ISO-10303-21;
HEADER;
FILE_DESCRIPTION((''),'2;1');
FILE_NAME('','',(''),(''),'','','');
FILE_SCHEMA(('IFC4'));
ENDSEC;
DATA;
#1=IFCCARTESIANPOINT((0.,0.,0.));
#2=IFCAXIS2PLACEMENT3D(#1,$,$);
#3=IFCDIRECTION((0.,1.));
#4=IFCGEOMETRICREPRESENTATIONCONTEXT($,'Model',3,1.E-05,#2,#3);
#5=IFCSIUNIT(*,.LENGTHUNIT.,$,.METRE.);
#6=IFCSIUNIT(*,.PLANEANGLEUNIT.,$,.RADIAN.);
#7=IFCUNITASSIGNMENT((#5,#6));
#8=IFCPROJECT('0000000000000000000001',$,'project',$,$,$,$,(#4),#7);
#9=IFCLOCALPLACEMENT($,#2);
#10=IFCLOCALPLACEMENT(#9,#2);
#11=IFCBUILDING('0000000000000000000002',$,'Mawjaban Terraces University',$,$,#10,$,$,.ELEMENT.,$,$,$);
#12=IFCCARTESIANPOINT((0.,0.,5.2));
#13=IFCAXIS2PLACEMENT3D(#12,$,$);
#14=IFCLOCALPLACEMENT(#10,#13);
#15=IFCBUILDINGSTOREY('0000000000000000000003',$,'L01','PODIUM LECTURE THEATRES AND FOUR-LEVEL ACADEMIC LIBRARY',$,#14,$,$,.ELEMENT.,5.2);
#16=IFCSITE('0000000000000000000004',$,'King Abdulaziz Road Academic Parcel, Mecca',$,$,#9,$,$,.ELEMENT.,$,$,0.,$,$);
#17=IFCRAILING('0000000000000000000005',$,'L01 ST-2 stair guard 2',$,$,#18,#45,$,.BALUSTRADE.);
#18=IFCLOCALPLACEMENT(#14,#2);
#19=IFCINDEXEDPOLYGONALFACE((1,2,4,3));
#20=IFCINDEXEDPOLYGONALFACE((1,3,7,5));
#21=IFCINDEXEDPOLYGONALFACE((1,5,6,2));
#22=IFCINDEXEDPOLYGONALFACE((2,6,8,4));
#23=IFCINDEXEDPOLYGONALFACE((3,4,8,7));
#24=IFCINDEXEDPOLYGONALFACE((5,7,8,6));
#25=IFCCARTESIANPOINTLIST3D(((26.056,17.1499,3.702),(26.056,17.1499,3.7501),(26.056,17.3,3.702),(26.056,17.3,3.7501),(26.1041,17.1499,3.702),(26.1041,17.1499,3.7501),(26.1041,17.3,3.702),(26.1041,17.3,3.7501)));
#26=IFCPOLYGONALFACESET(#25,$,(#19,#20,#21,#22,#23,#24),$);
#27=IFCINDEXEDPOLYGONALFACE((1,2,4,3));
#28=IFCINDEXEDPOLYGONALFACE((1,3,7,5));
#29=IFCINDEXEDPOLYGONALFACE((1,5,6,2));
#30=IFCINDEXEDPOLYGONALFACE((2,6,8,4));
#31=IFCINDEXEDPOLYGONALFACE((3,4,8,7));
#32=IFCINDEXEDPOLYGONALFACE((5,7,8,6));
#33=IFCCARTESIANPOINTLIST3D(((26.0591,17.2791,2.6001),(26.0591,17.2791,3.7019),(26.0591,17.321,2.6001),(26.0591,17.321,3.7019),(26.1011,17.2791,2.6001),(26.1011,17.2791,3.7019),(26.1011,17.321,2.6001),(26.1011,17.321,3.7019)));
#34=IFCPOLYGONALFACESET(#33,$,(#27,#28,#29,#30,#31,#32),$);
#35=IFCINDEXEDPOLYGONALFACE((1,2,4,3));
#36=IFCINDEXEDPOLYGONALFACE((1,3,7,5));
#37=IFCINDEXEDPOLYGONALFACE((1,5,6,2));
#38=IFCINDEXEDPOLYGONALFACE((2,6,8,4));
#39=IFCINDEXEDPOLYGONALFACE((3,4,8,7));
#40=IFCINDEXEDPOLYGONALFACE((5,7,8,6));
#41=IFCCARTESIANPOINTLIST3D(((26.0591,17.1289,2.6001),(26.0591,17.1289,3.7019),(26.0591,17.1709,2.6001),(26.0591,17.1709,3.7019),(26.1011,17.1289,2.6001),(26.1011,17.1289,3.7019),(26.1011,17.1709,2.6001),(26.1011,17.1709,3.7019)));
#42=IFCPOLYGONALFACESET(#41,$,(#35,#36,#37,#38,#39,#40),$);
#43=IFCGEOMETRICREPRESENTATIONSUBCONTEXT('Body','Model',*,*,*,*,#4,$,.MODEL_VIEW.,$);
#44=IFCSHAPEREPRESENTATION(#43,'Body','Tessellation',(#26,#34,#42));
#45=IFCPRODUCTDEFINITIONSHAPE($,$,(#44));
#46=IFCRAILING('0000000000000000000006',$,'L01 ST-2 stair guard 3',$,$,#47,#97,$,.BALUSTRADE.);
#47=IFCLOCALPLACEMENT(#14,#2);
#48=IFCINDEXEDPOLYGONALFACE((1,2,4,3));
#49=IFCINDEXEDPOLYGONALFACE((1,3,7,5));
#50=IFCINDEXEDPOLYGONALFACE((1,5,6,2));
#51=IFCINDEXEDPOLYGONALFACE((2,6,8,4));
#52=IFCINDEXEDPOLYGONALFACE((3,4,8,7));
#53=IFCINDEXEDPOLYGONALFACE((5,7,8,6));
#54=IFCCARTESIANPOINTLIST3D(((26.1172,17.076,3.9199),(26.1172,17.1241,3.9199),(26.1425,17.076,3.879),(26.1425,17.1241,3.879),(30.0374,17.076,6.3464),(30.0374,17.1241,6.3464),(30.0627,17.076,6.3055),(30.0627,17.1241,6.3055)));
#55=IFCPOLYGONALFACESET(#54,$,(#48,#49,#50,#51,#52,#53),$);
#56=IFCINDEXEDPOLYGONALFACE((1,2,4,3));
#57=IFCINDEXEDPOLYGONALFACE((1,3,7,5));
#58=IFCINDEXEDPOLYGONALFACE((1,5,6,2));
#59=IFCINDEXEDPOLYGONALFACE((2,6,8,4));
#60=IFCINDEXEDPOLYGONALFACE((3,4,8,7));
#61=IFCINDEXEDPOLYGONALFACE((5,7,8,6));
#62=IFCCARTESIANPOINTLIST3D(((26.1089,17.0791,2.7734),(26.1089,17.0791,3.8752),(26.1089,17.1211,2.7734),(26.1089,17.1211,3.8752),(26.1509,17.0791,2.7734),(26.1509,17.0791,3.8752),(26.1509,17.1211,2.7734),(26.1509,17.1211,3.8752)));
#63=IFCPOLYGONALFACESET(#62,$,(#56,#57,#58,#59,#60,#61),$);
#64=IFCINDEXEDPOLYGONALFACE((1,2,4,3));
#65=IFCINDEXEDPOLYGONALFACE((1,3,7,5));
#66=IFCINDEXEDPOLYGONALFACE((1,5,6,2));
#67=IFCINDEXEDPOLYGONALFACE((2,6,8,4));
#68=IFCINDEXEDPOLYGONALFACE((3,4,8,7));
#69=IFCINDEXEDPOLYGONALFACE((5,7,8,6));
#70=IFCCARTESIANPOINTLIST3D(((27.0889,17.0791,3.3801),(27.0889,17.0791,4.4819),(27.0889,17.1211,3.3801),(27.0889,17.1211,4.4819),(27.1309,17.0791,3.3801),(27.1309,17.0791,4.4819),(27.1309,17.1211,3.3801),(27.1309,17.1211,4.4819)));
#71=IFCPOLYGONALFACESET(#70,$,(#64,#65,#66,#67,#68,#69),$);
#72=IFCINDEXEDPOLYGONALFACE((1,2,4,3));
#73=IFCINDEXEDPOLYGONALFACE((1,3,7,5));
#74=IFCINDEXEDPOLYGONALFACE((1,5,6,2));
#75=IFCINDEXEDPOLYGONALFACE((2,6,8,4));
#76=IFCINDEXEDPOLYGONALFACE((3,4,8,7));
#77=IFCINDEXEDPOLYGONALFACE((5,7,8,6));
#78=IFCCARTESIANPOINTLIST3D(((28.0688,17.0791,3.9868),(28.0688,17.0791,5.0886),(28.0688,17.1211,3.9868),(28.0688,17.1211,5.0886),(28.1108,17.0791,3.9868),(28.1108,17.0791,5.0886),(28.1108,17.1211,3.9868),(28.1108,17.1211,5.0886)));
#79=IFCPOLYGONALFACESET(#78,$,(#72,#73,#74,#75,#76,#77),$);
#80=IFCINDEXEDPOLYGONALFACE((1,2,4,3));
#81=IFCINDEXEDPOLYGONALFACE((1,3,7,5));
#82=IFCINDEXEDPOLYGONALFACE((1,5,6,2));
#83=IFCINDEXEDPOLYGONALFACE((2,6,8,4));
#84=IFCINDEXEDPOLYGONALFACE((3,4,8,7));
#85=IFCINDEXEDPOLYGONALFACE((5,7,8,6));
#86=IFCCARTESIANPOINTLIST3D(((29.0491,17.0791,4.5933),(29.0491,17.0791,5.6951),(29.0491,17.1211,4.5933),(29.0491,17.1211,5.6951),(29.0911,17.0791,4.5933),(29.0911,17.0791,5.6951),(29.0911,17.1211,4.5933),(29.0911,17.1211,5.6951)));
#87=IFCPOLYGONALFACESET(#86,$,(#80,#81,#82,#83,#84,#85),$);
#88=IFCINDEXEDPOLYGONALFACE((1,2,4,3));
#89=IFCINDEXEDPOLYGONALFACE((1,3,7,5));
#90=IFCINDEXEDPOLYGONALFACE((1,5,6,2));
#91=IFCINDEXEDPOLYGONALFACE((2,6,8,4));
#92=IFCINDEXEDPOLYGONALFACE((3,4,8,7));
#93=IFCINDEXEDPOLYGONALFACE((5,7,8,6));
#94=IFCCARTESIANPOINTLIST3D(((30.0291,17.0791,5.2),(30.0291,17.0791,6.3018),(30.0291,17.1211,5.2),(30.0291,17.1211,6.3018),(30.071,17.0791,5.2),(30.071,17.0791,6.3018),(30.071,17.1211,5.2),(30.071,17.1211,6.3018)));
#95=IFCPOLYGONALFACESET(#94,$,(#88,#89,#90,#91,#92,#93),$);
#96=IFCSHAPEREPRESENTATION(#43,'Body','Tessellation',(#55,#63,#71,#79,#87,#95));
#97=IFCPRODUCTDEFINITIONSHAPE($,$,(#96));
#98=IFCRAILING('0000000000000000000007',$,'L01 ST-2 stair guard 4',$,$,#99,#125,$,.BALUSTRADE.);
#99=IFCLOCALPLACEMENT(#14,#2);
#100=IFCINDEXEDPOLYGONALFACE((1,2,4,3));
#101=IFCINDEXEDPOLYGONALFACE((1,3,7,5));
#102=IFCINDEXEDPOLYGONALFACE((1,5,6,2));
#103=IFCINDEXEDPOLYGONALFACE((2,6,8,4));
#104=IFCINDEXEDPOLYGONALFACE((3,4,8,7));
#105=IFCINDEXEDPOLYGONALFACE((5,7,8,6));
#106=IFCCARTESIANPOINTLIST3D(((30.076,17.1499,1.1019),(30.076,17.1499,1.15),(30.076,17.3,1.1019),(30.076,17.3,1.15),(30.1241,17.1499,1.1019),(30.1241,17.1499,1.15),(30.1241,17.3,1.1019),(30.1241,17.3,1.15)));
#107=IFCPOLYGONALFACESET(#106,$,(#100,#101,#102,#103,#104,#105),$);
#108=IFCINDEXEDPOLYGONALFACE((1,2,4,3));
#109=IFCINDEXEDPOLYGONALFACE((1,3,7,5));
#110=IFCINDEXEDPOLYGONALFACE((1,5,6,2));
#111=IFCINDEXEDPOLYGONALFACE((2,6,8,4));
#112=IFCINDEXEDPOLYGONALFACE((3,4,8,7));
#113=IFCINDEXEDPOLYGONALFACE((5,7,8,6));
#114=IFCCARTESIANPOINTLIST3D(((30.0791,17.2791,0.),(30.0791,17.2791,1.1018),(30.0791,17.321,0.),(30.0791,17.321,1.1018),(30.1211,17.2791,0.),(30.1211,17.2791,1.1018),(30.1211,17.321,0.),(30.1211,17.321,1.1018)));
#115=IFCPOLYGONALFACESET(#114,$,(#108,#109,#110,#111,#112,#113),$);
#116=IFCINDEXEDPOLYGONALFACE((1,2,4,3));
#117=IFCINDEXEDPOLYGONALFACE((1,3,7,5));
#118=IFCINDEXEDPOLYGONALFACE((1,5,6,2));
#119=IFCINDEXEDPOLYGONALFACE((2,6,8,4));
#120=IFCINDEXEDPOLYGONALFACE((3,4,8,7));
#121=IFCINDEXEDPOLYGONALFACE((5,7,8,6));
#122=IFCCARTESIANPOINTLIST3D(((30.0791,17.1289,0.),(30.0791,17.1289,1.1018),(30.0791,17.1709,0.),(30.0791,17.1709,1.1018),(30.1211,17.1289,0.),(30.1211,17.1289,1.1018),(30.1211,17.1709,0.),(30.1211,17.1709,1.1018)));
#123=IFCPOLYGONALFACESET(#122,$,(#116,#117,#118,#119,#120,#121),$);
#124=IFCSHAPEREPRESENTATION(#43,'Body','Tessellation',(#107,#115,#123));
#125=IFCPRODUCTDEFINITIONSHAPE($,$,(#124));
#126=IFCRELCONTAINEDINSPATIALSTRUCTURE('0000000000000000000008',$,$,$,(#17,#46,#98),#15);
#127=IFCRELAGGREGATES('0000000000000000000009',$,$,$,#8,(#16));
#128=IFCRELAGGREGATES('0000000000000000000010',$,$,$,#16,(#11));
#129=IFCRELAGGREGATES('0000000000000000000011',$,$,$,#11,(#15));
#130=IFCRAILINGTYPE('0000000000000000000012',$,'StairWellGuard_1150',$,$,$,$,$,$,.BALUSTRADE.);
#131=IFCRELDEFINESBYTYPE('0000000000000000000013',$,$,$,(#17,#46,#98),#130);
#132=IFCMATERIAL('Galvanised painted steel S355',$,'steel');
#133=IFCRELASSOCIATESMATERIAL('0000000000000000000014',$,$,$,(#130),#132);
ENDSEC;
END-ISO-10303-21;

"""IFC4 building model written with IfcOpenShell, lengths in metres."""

from ifc_helpers import new_model, si_unit, direction, frame, origin, origin_2d, place, context, subcontext, project, spatial, rectangle, extrude, material, type_object, element, save


model = new_model("IFC4")

# Units and contexts
model_context = context("Model", 3, precision=1e-05, world=origin(), true_north=direction((0.0, 1.0)))
body_context = subcontext(model_context, "Body", "Model", "MODEL_VIEW")
ifc_project = project(units=[si_unit("LENGTHUNIT", "METRE"), si_unit("PLANEANGLEUNIT", "RADIAN")], contexts=[model_context])

# Site, building, storey
site_placement = place(None, origin())
site = spatial("IfcSite", under=ifc_project, at=site_placement, Name="King Abdulaziz Road Academic Parcel, Mecca", CompositionType="ELEMENT", RefElevation=0.0)
building_placement = place(site_placement, origin())
building = spatial("IfcBuilding", under=site, at=building_placement, Name="Mawjaban Terraces University", CompositionType="ELEMENT")
storey_placement = place(building_placement, frame((0.0, 0.0, 5.2)))
storey = spatial("IfcBuildingStorey", under=building, at=storey_placement, Name="L01", Description="PODIUM LECTURE THEATRES AND FOUR-LEVEL ACADEMIC LIBRARY", CompositionType="ELEMENT", Elevation=5.2)

# Railings
ifc_material_1 = material(Name="Galvanised painted steel S355", Category="steel")
railing_type_1 = type_object("IfcRailingType", Name="StairWellGuard_1150", PredefinedType="BALUSTRADE", material=ifc_material_1)
railing_1_placement = place(storey_placement, frame((26.0801, 17.3, 2.6001)))
element("IfcRailing", 1, at=railing_1_placement, inside=storey, type_object=railing_type_1, Name="L01 ST-2 stair guard 2", PredefinedType="BALUSTRADE", context=body_context, shape_type="SweptSolid", body=[
    extrude(rectangle(XDim=0.0481, YDim=0.0481, at=origin_2d()), frame((0.0, 0.0, 1.126), z_axis=(0.0, -1.0, 0.0), x_axis=(1.0, 0.0, 0.0)), (0.0, 0.0, 1.0), 0.1501),
    extrude(rectangle(XDim=0.042, YDim=0.042, at=origin_2d()), origin(), (0.0, 0.0, 1.0), 1.1018),
    extrude(rectangle(XDim=0.042, YDim=0.042, at=origin_2d()), frame((0.0, -0.1501, 0.0)), (0.0, 0.0, 1.0), 1.1018),
])
railing_2_placement = place(storey_placement, frame((26.1299, 17.1001, 2.7734)))
element("IfcRailing", 2, at=railing_2_placement, inside=storey, type_object=railing_type_1, Name="L01 ST-2 stair guard 3", PredefinedType="BALUSTRADE", context=body_context, shape_type="SweptSolid", body=[
    extrude(rectangle(XDim=0.0481, YDim=0.0481, at=origin_2d()), frame((0.0, 0.0, 1.126), z_axis=(0.85029, 0.0, 0.526315), x_axis=(0.0, 1.0, 0.0)), (0.0, 0.0, 1.0), 4.6104),
    extrude(rectangle(XDim=0.042, YDim=0.042, at=origin_2d()), origin(), (0.0, 0.0, 1.0), 1.1018),
    extrude(rectangle(XDim=0.042, YDim=0.042, at=origin_2d()), frame((0.98, 0.0, 0.6067)), (0.0, 0.0, 1.0), 1.1018),
    extrude(rectangle(XDim=0.042, YDim=0.042, at=origin_2d()), frame((1.96, 0.0, 1.2134)), (0.0, 0.0, 1.0), 1.1018),
    extrude(rectangle(XDim=0.042, YDim=0.042, at=origin_2d()), frame((2.9402, 0.0, 1.8198)), (0.0, 0.0, 1.0), 1.1018),
    extrude(rectangle(XDim=0.042, YDim=0.042, at=origin_2d()), frame((3.9202, 0.0, 2.4265)), (0.0, 0.0, 1.0), 1.1018),
])
railing_3_placement = place(storey_placement, frame((30.1001, 17.3, 0.0)))
element("IfcRailing", 3, at=railing_3_placement, inside=storey, type_object=railing_type_1, Name="L01 ST-2 stair guard 4", PredefinedType="BALUSTRADE", context=body_context, shape_type="SweptSolid", body=[
    extrude(rectangle(XDim=0.0481, YDim=0.0481, at=origin_2d()), frame((0.0, 0.0, 1.126), z_axis=(0.0, -1.0, 0.0), x_axis=(1.0, 0.0, 0.0)), (0.0, 0.0, 1.0), 0.1501),
    extrude(rectangle(XDim=0.042, YDim=0.042, at=origin_2d()), origin(), (0.0, 0.0, 1.0), 1.1018),
    extrude(rectangle(XDim=0.042, YDim=0.042, at=origin_2d()), frame((0.0, -0.1501, 0.0)), (0.0, 0.0, 1.0), 1.1018),
])

save(model, "model.ifc")
